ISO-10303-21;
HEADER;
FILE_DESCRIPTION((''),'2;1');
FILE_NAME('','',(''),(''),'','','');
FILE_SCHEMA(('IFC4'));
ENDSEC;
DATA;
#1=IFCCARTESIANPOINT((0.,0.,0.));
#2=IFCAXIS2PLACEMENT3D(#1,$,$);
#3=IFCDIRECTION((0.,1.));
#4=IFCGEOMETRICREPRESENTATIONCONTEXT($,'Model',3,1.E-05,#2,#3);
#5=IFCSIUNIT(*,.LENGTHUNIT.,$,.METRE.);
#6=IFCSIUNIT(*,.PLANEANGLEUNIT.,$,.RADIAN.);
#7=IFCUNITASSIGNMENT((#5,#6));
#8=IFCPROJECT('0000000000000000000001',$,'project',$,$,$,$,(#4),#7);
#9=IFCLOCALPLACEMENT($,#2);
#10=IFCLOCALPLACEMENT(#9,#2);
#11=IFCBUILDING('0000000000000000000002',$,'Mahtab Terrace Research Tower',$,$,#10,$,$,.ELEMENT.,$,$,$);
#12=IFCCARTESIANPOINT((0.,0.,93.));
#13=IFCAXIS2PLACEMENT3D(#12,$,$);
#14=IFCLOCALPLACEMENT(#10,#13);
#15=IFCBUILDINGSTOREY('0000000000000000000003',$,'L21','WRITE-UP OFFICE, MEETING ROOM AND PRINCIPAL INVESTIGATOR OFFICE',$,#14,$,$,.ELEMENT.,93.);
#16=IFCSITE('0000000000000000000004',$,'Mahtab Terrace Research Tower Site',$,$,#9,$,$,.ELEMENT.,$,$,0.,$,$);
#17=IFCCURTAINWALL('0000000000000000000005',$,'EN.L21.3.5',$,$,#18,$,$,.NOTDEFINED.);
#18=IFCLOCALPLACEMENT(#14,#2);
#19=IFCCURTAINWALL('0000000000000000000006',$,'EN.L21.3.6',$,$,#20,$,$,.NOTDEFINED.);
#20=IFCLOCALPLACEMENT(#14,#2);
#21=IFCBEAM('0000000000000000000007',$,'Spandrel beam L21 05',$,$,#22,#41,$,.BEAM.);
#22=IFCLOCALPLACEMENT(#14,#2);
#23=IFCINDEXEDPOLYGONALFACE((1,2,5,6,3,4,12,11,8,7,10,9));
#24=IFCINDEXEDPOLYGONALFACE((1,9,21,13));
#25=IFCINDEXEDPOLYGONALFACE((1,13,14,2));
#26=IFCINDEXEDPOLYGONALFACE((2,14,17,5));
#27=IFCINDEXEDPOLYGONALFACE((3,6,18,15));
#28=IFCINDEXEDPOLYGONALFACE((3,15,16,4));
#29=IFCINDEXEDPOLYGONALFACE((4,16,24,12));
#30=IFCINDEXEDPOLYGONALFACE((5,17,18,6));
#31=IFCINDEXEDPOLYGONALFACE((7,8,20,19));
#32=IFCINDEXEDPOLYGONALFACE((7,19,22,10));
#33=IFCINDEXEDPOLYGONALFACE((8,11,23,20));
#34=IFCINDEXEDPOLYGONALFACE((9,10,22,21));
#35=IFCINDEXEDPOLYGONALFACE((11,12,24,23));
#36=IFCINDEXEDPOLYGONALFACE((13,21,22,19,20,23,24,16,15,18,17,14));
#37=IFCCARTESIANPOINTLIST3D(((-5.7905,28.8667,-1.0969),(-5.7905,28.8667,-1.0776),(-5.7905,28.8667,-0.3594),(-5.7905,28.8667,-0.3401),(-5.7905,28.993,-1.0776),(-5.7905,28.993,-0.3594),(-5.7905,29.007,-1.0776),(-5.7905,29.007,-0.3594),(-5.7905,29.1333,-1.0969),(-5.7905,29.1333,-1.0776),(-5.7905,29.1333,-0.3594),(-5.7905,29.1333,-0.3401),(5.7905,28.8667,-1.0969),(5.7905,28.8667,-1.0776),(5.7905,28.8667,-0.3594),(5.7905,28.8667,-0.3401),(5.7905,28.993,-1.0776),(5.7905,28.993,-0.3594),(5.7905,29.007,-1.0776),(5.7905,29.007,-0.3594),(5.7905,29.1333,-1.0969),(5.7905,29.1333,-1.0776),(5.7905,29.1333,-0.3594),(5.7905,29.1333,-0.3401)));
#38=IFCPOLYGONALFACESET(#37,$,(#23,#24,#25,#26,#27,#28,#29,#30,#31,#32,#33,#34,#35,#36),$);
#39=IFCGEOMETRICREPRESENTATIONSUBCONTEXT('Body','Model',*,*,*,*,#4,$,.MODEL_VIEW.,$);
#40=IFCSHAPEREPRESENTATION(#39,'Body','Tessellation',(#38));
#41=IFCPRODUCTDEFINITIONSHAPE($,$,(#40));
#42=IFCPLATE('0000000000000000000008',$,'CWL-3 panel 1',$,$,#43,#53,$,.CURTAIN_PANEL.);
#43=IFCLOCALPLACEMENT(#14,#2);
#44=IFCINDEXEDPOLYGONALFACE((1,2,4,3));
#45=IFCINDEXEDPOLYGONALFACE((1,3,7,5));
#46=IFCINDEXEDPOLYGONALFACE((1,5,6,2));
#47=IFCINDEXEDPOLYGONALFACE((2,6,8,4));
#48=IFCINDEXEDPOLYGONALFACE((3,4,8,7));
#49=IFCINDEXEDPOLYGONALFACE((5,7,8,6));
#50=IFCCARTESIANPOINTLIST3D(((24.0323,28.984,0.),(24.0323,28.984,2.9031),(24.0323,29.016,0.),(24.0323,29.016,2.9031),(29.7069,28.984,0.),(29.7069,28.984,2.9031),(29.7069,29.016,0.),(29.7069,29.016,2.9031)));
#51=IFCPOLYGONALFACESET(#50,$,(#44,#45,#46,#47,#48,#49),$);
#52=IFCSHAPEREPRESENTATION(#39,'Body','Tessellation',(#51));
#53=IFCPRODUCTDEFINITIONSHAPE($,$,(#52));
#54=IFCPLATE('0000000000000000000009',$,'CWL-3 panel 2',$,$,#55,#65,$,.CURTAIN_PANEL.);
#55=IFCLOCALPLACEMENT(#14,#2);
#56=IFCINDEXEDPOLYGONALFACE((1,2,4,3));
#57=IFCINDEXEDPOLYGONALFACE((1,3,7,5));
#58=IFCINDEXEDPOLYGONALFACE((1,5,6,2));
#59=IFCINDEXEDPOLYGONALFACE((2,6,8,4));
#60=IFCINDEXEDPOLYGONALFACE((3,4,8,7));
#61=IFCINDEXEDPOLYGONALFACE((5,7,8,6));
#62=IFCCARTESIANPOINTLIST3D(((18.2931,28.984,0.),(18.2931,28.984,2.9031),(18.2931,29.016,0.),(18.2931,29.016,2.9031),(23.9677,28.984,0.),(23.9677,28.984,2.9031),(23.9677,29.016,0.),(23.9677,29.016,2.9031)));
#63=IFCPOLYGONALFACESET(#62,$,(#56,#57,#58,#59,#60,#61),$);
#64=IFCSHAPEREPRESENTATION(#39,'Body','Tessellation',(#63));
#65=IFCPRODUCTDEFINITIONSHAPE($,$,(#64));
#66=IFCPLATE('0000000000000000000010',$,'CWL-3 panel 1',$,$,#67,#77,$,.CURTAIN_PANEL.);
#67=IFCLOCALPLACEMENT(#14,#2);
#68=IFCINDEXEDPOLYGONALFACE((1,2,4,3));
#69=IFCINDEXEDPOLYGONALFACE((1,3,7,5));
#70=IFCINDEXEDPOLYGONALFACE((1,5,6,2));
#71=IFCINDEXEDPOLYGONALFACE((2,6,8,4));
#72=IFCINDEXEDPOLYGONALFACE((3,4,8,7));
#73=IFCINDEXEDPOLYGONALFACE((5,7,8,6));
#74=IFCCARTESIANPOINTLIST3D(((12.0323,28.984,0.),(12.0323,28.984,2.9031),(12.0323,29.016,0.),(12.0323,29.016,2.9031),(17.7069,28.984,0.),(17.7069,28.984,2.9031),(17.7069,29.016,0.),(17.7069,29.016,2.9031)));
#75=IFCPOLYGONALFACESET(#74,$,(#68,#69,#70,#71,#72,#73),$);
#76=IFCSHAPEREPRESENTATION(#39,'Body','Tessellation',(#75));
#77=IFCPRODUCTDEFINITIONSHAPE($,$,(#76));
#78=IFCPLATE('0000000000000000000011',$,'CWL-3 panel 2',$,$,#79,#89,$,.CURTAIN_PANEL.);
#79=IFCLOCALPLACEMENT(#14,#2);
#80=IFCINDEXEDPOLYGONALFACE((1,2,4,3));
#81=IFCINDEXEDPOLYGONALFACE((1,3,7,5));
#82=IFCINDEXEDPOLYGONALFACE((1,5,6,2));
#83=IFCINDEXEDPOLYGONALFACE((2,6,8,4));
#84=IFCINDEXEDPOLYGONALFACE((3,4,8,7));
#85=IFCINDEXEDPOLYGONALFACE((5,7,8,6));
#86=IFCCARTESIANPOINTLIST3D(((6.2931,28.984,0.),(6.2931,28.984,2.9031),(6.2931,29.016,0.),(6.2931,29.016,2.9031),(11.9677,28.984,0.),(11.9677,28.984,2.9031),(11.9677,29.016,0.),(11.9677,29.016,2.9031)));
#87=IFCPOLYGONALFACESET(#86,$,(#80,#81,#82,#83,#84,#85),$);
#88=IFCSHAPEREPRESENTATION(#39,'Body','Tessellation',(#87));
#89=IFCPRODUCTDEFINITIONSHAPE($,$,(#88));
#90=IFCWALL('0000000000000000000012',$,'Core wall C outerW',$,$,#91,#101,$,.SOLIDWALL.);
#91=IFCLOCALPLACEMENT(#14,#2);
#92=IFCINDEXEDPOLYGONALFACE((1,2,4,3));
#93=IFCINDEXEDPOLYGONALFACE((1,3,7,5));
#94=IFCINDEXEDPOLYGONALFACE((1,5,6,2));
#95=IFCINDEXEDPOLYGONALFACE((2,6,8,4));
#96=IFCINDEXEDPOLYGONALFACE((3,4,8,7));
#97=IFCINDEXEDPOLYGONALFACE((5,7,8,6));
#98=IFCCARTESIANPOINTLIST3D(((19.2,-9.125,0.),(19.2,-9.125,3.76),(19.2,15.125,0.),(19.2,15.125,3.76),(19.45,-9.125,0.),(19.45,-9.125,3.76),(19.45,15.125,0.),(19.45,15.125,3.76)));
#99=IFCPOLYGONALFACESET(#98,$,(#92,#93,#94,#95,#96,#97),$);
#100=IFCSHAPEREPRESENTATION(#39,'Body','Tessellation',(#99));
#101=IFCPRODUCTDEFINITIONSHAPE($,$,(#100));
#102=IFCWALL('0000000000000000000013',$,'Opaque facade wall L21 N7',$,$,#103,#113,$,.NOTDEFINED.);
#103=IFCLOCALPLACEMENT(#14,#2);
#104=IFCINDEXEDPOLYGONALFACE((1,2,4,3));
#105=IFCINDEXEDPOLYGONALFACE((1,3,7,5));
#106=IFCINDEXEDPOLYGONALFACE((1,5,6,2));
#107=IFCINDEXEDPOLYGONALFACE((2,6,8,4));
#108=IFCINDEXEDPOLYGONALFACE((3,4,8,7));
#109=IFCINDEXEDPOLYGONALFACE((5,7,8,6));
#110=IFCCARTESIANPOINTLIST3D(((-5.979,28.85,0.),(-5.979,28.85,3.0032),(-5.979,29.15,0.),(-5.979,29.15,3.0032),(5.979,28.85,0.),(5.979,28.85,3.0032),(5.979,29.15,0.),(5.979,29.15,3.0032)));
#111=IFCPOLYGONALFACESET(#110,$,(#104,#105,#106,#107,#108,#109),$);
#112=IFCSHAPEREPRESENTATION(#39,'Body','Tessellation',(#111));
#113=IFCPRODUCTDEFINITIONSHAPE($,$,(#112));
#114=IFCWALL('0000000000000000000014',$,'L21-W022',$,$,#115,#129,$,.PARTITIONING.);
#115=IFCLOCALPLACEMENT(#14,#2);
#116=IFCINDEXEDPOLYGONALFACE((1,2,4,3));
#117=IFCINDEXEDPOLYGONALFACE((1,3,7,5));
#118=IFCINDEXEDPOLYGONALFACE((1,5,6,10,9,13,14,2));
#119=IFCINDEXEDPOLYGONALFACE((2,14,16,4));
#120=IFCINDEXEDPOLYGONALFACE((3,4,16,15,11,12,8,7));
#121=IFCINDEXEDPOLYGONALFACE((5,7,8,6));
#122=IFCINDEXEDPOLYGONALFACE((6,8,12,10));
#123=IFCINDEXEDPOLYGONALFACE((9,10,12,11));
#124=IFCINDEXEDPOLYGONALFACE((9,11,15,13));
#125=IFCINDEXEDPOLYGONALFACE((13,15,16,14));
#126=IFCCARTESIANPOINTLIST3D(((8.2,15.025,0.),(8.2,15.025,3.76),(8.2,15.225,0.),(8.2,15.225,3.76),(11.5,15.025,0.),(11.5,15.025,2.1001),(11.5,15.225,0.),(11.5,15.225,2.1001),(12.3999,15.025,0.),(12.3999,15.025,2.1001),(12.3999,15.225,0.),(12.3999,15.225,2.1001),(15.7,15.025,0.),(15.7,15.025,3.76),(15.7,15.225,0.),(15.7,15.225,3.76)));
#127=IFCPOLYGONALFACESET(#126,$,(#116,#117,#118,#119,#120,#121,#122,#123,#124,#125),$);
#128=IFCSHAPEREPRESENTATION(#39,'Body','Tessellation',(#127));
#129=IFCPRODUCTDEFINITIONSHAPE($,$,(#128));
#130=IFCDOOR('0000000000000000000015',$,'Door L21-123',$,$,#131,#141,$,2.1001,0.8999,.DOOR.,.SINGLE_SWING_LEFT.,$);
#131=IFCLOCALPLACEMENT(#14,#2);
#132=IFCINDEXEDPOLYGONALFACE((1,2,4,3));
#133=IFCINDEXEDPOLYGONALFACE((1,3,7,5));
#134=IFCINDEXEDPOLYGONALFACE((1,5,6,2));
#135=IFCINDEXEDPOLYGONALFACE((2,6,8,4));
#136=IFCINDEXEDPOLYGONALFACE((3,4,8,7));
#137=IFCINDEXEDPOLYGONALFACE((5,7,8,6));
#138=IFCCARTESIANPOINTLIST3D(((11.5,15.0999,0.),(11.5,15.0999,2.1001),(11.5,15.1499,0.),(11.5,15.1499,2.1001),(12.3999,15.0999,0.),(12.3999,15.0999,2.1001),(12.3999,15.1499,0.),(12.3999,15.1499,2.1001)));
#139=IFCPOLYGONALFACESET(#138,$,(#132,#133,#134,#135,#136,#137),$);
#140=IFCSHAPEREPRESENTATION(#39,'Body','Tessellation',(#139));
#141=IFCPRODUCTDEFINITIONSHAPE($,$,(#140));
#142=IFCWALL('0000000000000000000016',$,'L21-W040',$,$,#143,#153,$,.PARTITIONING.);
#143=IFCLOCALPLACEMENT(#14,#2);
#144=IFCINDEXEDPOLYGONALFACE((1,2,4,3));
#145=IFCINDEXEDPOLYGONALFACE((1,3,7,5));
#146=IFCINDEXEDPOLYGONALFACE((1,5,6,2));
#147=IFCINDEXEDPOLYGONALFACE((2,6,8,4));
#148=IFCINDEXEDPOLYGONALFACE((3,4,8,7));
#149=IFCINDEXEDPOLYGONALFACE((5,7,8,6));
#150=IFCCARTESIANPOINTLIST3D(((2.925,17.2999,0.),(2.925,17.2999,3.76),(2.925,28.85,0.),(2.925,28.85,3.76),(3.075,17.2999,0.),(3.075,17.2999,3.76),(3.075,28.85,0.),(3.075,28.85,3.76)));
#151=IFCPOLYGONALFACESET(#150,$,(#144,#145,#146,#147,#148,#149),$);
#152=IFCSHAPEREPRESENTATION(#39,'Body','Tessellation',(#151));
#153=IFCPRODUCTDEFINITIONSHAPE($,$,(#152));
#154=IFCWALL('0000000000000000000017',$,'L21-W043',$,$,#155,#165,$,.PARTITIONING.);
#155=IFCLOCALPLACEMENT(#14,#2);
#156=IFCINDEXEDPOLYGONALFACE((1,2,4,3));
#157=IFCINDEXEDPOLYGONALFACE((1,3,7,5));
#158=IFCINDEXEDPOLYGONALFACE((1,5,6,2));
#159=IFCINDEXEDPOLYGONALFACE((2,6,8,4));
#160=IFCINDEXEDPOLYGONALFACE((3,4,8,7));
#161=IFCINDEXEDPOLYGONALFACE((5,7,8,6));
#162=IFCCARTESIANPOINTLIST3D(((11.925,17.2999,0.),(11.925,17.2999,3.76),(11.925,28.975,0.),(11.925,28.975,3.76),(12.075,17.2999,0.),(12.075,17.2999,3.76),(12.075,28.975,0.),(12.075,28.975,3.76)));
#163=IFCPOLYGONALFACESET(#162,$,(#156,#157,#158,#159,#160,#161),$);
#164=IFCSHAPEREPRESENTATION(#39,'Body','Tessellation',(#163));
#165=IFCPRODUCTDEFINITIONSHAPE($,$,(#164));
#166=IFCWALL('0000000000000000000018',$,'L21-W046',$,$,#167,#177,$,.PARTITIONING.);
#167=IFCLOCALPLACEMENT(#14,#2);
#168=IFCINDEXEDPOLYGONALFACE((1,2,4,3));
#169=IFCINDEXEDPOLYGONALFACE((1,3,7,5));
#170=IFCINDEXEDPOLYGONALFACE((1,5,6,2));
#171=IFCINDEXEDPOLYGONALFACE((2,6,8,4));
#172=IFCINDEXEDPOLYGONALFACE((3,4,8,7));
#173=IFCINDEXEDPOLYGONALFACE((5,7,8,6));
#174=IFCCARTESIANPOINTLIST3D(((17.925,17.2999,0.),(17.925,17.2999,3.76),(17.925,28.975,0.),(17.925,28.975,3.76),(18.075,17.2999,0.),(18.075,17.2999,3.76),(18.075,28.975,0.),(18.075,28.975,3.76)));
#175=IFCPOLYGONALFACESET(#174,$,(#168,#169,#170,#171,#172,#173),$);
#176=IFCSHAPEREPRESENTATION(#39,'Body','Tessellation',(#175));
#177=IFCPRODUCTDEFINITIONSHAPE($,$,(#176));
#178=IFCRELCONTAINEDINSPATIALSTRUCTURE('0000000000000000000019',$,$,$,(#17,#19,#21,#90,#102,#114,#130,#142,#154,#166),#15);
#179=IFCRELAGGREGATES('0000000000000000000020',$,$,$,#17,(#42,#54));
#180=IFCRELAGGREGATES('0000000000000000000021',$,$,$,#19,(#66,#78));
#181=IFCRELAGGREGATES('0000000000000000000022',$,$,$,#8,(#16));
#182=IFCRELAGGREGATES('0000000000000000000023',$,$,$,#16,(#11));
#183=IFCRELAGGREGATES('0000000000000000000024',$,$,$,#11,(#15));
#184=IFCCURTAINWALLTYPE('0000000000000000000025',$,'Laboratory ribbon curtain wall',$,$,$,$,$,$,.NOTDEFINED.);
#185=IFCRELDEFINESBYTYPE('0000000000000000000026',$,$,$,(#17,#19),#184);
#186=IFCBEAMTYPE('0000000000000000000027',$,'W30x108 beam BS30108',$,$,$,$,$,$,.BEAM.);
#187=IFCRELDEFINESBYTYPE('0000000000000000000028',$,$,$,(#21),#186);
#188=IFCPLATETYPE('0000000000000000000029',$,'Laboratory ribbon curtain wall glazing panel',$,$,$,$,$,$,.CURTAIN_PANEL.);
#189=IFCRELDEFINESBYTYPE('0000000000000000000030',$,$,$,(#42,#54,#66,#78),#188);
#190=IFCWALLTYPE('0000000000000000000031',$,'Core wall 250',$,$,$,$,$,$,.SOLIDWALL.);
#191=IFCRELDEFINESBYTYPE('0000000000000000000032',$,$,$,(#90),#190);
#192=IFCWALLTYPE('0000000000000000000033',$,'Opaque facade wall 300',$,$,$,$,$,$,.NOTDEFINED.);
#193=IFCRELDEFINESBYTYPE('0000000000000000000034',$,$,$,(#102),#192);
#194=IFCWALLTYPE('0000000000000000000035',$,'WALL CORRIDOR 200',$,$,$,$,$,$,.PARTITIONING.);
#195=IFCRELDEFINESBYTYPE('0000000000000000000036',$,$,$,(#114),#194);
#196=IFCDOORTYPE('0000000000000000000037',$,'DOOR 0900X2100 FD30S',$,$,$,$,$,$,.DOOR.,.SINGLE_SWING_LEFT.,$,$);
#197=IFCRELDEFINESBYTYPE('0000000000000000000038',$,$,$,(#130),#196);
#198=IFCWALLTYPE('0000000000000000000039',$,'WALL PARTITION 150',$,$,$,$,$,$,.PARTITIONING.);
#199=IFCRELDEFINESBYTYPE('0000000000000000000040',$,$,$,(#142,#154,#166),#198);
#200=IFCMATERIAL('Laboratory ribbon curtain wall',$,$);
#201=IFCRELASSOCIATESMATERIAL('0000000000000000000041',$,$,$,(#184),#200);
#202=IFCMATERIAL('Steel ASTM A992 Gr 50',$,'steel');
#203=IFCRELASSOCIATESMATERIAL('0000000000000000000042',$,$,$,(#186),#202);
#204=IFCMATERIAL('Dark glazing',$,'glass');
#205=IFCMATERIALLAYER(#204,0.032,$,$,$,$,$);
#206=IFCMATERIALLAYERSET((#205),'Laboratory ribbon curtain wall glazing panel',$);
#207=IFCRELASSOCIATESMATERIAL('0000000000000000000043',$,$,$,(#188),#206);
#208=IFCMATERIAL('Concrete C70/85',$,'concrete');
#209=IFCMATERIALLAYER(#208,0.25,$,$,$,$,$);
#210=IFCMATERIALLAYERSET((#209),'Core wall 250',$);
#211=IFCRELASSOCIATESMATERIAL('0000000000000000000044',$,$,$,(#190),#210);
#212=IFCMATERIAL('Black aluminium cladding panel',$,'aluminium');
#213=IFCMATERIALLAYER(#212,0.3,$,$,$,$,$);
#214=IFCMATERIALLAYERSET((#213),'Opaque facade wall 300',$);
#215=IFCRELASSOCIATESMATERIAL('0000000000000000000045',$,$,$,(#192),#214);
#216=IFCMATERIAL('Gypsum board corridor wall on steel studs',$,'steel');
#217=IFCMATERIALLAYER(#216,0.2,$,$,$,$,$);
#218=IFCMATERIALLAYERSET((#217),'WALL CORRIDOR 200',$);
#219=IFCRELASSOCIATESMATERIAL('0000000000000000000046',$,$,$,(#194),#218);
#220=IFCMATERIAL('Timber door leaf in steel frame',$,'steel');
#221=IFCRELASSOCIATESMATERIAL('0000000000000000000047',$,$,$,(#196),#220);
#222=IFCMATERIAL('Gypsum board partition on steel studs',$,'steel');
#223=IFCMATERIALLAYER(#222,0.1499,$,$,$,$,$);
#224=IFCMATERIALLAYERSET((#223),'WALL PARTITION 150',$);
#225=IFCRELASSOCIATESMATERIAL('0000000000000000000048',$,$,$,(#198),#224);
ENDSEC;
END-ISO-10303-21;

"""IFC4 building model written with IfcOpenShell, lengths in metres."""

from ifc_helpers import new_model, si_unit, direction, frame, frame_2d, origin, origin_2d, place, context, subcontext, project, spatial, rectangle, i_section, extrude, material, layer, layer_set, material_profile, profile_set, type_object, element, fill, aggregate, save


model = new_model("IFC4")

# Units and contexts
model_context = context("Model", 3, precision=1e-05, world=origin(), true_north=direction((0.0, 1.0)))
body_context = subcontext(model_context, "Body", "Model", "MODEL_VIEW")
ifc_project = project(units=[si_unit("LENGTHUNIT", "METRE"), si_unit("PLANEANGLEUNIT", "RADIAN")], contexts=[model_context])

# Site, building, storey
site_placement = place(None, origin())
site = spatial("IfcSite", under=ifc_project, at=site_placement, Name="Mahtab Terrace Research Tower Site", CompositionType="ELEMENT", RefElevation=0.0)
building_placement = place(site_placement, origin())
building = spatial("IfcBuilding", under=site, at=building_placement, Name="Mahtab Terrace Research Tower", CompositionType="ELEMENT")
storey_placement = place(building_placement, frame((0.0, 0.0, 93.0)))
storey = spatial("IfcBuildingStorey", under=building, at=storey_placement, Name="L21", Description="WRITE-UP OFFICE, MEETING ROOM AND PRINCIPAL INVESTIGATOR OFFICE", CompositionType="ELEMENT", Elevation=93.0)

# Shared definitions
ifc_material_1 = material(Name="Steel ASTM A992 Gr 50", Category="steel")

# Curtain walls
ifc_material_2 = material(Name="Laboratory ribbon curtain wall")
curtain_wall_type = type_object("IfcCurtainWallType", Name="Laboratory ribbon curtain wall", PredefinedType="NOTDEFINED", material=ifc_material_2)
curtain_wall_1_placement = place(storey_placement, origin())
curtain_wall_1 = element("IfcCurtainWall", 1, at=curtain_wall_1_placement, inside=storey, type_object=curtain_wall_type, Name="EN.L21.3.5", PredefinedType="NOTDEFINED")
curtain_wall_2_placement = place(storey_placement, origin())
curtain_wall_2 = element("IfcCurtainWall", 2, at=curtain_wall_2_placement, inside=storey, type_object=curtain_wall_type, Name="EN.L21.3.6", PredefinedType="NOTDEFINED")

# Beam
ifc_material_profile_1 = material_profile(ifc_material_1, i_section(OverallWidth=0.2666, OverallDepth=0.7568, WebThickness=0.0139, FlangeThickness=0.0193, at=origin_2d()), Name="W30X108")
ifc_profile_set_1 = profile_set([ifc_material_profile_1], Name="Steel ASTM A992 Gr 50")
beam_type = type_object("IfcBeamType", Name="W30x108 beam BS30108", PredefinedType="BEAM", material=ifc_profile_set_1)
for number, where, z_axis, x_axis, name in (
    (3, (5.7905, 29.0, -0.7185), (-1.0, 0.0, 0.0), (0.0, -1.0, 0.0), "Spandrel beam L21 05"),
):
    element("IfcBeam", number, at=place(storey_placement, frame(where, z_axis=z_axis, x_axis=x_axis)), inside=storey, type_object=beam_type, Name=name, PredefinedType="BEAM", context=body_context, shape_type="SweptSolid", body=[
        extrude(i_section(OverallWidth=0.2666, OverallDepth=0.7568, WebThickness=0.0139, FlangeThickness=0.0193, at=origin_2d()), origin(), (0.0, 0.0, 1.0), 11.5811),
    ])

# Plates
ifc_material_3 = material(Name="Dark glazing", Category="glass")
ifc_layer_1 = layer(ifc_material_3, 0.032)
ifc_layer_set_1 = layer_set([ifc_layer_1], Name="Laboratory ribbon curtain wall glazing panel")
plate_type = type_object("IfcPlateType", Name="Laboratory ribbon curtain wall glazing panel", PredefinedType="CURTAIN_PANEL", material=ifc_layer_set_1)
plate_1_placement = place(storey_placement, frame((26.8696, 29.0, 0.0), z_axis=(0.0, 0.0, 1.0), x_axis=(-1.0, 0.0, 0.0)))
plate_1 = element("IfcPlate", 4, at=plate_1_placement, type_object=plate_type, Name="CWL-3 panel 1", PredefinedType="CURTAIN_PANEL", context=body_context, shape_type="SweptSolid", body=[
    extrude(rectangle(XDim=5.6746, YDim=0.032, at=origin_2d()), origin(), (0.0, 0.0, 1.0), 2.9031),
])
plate_2_placement = place(storey_placement, frame((21.1304, 29.0, 0.0), z_axis=(0.0, 0.0, 1.0), x_axis=(-1.0, 0.0, 0.0)))
plate_2 = element("IfcPlate", 5, at=plate_2_placement, type_object=plate_type, Name="CWL-3 panel 2", PredefinedType="CURTAIN_PANEL", context=body_context, shape_type="SweptSolid", body=[
    extrude(rectangle(XDim=5.6746, YDim=0.032, at=origin_2d()), origin(), (0.0, 0.0, 1.0), 2.9031),
])
aggregate(curtain_wall_1, [plate_1, plate_2])
plate_3_placement = place(storey_placement, frame((14.8696, 29.0, 0.0), z_axis=(0.0, 0.0, 1.0), x_axis=(-1.0, 0.0, 0.0)))
plate_3 = element("IfcPlate", 6, at=plate_3_placement, type_object=plate_type, Name="CWL-3 panel 1", PredefinedType="CURTAIN_PANEL", context=body_context, shape_type="SweptSolid", body=[
    extrude(rectangle(XDim=5.6746, YDim=0.032, at=origin_2d()), origin(), (0.0, 0.0, 1.0), 2.9031),
])
plate_4_placement = place(storey_placement, frame((9.1304, 29.0, 0.0), z_axis=(0.0, 0.0, 1.0), x_axis=(-1.0, 0.0, 0.0)))
plate_4 = element("IfcPlate", 7, at=plate_4_placement, type_object=plate_type, Name="CWL-3 panel 2", PredefinedType="CURTAIN_PANEL", context=body_context, shape_type="SweptSolid", body=[
    extrude(rectangle(XDim=5.6746, YDim=0.032, at=origin_2d()), origin(), (0.0, 0.0, 1.0), 2.9031),
])
aggregate(curtain_wall_2, [plate_3, plate_4])

# Walls
ifc_material_4 = material(Name="Concrete C70/85", Category="concrete")
ifc_layer_2 = layer(ifc_material_4, 0.25)
ifc_layer_set_2 = layer_set([ifc_layer_2], Name="Core wall 250")
wall_type_1 = type_object("IfcWallType", Name="Core wall 250", PredefinedType="SOLIDWALL", material=ifc_layer_set_2)
wall_1_placement = place(storey_placement, frame((19.325, 15.125, 0.0), z_axis=(0.0, 0.0, 1.0), x_axis=(0.0, -1.0, 0.0)))
element("IfcWall", 8, at=wall_1_placement, inside=storey, type_object=wall_type_1, Name="Core wall C outerW", PredefinedType="SOLIDWALL", context=body_context, shape_type="SweptSolid", body=[
    extrude(rectangle(XDim=24.25, YDim=0.25, at=frame_2d((12.125, 0.0))), origin(), (0.0, 0.0, 1.0), 3.76),
])
ifc_material_5 = material(Name="Black aluminium cladding panel", Category="aluminium")
ifc_layer_3 = layer(ifc_material_5, 0.3)
ifc_layer_set_3 = layer_set([ifc_layer_3], Name="Opaque facade wall 300")
wall_type_2 = type_object("IfcWallType", Name="Opaque facade wall 300", PredefinedType="NOTDEFINED", material=ifc_layer_set_3)
wall_2_placement = place(storey_placement, frame((5.979, 29.0, 0.0), z_axis=(0.0, 0.0, 1.0), x_axis=(-1.0, 0.0, 0.0)))
element("IfcWall", 9, at=wall_2_placement, inside=storey, type_object=wall_type_2, Name="Opaque facade wall L21 N7", PredefinedType="NOTDEFINED", context=body_context, shape_type="SweptSolid", body=[
    extrude(rectangle(XDim=11.958, YDim=0.3, at=frame_2d((5.979, 0.0))), origin(), (0.0, 0.0, 1.0), 3.0032),
])

# Wall, opening, door
ifc_material_6 = material(Name="Gypsum board corridor wall on steel studs", Category="steel")
ifc_layer_4 = layer(ifc_material_6, 0.2)
ifc_layer_set_4 = layer_set([ifc_layer_4], Name="WALL CORRIDOR 200")
wall_type_3 = type_object("IfcWallType", Name="WALL CORRIDOR 200", PredefinedType="PARTITIONING", material=ifc_layer_set_4)
wall_3_placement = place(storey_placement, frame((8.2, 15.125, 0.0), z_axis=(0.0, 0.0, 1.0), x_axis=(1.0, 0.0, 0.0)))
wall_3 = element("IfcWall", 10, at=wall_3_placement, inside=storey, type_object=wall_type_3, Name="L21-W022", PredefinedType="PARTITIONING", context=body_context, shape_type="SweptSolid", body=[
    extrude(rectangle(XDim=7.5, YDim=0.2, at=frame_2d((3.75, 0.0))), origin(), (0.0, 0.0, 1.0), 3.76),
])
opening_placement = place(wall_3_placement, frame((3.3, 0.0, 0.0)))
opening = element("IfcOpeningElement", 11, at=opening_placement, cuts=wall_3, PredefinedType="OPENING", context=body_context, shape_type="SweptSolid", body=[
    extrude(rectangle(XDim=0.8999, YDim=2.1001, at=frame_2d((0.45, 1.05))), frame((0.0, 0.1099, 0.0), z_axis=(0.0, -1.0, 0.0), x_axis=(1.0, 0.0, 0.0)), (0.0, 0.0, 1.0), 0.22),
])
ifc_material_7 = material(Name="Timber door leaf in steel frame", Category="steel")
door_type = type_object("IfcDoorType", Name="DOOR 0900X2100 FD30S", OperationType="SINGLE_SWING_LEFT", PredefinedType="DOOR", material=ifc_material_7)
door_placement = place(opening_placement, origin())
door = element("IfcDoor", 12, at=door_placement, inside=storey, type_object=door_type, Name="Door L21-123", OperationType="SINGLE_SWING_LEFT", OverallHeight=2.1001, OverallWidth=0.8999, PredefinedType="DOOR", context=body_context, shape_type="SweptSolid", body=[
    extrude(rectangle(XDim=0.8999, YDim=2.1001, at=frame_2d((0.45, 1.05))), frame((0.0, 0.0249, 0.0), z_axis=(0.0, -1.0, 0.0), x_axis=(1.0, 0.0, 0.0)), (0.0, 0.0, 1.0), 0.05),
])
fill(opening, door)

# Walls
ifc_material_8 = material(Name="Gypsum board partition on steel studs", Category="steel")
ifc_layer_5 = layer(ifc_material_8, 0.1499)
ifc_layer_set_5 = layer_set([ifc_layer_5], Name="WALL PARTITION 150")
wall_type_4 = type_object("IfcWallType", Name="WALL PARTITION 150", PredefinedType="PARTITIONING", material=ifc_layer_set_5)
wall_4_placement = place(storey_placement, frame((3.0, 17.3, 0.0), z_axis=(0.0, 0.0, 1.0), x_axis=(0.0, 1.0, 0.0)))
element("IfcWall", 13, at=wall_4_placement, inside=storey, type_object=wall_type_4, Name="L21-W040", PredefinedType="PARTITIONING", context=body_context, shape_type="SweptSolid", body=[
    extrude(rectangle(XDim=11.55, YDim=0.1499, at=frame_2d((5.7749, 0.0))), origin(), (0.0, 0.0, 1.0), 3.76),
])
for number, where, z_axis, x_axis, name in (
    (14, (12.0, 17.3, 0.0), (0.0, 0.0, 1.0), (0.0, 1.0, 0.0), "L21-W043"),
    (15, (18.0, 17.3, 0.0), (0.0, 0.0, 1.0), (0.0, 1.0, 0.0), "L21-W046"),
):
    element("IfcWall", number, at=place(storey_placement, frame(where, z_axis=z_axis, x_axis=x_axis)), inside=storey, type_object=wall_type_4, Name=name, PredefinedType="PARTITIONING", context=body_context, shape_type="SweptSolid", body=[
        extrude(rectangle(XDim=11.675, YDim=0.1499, at=frame_2d((5.8374, 0.0))), origin(), (0.0, 0.0, 1.0), 3.76),
    ])

save(model, "model.ifc")
